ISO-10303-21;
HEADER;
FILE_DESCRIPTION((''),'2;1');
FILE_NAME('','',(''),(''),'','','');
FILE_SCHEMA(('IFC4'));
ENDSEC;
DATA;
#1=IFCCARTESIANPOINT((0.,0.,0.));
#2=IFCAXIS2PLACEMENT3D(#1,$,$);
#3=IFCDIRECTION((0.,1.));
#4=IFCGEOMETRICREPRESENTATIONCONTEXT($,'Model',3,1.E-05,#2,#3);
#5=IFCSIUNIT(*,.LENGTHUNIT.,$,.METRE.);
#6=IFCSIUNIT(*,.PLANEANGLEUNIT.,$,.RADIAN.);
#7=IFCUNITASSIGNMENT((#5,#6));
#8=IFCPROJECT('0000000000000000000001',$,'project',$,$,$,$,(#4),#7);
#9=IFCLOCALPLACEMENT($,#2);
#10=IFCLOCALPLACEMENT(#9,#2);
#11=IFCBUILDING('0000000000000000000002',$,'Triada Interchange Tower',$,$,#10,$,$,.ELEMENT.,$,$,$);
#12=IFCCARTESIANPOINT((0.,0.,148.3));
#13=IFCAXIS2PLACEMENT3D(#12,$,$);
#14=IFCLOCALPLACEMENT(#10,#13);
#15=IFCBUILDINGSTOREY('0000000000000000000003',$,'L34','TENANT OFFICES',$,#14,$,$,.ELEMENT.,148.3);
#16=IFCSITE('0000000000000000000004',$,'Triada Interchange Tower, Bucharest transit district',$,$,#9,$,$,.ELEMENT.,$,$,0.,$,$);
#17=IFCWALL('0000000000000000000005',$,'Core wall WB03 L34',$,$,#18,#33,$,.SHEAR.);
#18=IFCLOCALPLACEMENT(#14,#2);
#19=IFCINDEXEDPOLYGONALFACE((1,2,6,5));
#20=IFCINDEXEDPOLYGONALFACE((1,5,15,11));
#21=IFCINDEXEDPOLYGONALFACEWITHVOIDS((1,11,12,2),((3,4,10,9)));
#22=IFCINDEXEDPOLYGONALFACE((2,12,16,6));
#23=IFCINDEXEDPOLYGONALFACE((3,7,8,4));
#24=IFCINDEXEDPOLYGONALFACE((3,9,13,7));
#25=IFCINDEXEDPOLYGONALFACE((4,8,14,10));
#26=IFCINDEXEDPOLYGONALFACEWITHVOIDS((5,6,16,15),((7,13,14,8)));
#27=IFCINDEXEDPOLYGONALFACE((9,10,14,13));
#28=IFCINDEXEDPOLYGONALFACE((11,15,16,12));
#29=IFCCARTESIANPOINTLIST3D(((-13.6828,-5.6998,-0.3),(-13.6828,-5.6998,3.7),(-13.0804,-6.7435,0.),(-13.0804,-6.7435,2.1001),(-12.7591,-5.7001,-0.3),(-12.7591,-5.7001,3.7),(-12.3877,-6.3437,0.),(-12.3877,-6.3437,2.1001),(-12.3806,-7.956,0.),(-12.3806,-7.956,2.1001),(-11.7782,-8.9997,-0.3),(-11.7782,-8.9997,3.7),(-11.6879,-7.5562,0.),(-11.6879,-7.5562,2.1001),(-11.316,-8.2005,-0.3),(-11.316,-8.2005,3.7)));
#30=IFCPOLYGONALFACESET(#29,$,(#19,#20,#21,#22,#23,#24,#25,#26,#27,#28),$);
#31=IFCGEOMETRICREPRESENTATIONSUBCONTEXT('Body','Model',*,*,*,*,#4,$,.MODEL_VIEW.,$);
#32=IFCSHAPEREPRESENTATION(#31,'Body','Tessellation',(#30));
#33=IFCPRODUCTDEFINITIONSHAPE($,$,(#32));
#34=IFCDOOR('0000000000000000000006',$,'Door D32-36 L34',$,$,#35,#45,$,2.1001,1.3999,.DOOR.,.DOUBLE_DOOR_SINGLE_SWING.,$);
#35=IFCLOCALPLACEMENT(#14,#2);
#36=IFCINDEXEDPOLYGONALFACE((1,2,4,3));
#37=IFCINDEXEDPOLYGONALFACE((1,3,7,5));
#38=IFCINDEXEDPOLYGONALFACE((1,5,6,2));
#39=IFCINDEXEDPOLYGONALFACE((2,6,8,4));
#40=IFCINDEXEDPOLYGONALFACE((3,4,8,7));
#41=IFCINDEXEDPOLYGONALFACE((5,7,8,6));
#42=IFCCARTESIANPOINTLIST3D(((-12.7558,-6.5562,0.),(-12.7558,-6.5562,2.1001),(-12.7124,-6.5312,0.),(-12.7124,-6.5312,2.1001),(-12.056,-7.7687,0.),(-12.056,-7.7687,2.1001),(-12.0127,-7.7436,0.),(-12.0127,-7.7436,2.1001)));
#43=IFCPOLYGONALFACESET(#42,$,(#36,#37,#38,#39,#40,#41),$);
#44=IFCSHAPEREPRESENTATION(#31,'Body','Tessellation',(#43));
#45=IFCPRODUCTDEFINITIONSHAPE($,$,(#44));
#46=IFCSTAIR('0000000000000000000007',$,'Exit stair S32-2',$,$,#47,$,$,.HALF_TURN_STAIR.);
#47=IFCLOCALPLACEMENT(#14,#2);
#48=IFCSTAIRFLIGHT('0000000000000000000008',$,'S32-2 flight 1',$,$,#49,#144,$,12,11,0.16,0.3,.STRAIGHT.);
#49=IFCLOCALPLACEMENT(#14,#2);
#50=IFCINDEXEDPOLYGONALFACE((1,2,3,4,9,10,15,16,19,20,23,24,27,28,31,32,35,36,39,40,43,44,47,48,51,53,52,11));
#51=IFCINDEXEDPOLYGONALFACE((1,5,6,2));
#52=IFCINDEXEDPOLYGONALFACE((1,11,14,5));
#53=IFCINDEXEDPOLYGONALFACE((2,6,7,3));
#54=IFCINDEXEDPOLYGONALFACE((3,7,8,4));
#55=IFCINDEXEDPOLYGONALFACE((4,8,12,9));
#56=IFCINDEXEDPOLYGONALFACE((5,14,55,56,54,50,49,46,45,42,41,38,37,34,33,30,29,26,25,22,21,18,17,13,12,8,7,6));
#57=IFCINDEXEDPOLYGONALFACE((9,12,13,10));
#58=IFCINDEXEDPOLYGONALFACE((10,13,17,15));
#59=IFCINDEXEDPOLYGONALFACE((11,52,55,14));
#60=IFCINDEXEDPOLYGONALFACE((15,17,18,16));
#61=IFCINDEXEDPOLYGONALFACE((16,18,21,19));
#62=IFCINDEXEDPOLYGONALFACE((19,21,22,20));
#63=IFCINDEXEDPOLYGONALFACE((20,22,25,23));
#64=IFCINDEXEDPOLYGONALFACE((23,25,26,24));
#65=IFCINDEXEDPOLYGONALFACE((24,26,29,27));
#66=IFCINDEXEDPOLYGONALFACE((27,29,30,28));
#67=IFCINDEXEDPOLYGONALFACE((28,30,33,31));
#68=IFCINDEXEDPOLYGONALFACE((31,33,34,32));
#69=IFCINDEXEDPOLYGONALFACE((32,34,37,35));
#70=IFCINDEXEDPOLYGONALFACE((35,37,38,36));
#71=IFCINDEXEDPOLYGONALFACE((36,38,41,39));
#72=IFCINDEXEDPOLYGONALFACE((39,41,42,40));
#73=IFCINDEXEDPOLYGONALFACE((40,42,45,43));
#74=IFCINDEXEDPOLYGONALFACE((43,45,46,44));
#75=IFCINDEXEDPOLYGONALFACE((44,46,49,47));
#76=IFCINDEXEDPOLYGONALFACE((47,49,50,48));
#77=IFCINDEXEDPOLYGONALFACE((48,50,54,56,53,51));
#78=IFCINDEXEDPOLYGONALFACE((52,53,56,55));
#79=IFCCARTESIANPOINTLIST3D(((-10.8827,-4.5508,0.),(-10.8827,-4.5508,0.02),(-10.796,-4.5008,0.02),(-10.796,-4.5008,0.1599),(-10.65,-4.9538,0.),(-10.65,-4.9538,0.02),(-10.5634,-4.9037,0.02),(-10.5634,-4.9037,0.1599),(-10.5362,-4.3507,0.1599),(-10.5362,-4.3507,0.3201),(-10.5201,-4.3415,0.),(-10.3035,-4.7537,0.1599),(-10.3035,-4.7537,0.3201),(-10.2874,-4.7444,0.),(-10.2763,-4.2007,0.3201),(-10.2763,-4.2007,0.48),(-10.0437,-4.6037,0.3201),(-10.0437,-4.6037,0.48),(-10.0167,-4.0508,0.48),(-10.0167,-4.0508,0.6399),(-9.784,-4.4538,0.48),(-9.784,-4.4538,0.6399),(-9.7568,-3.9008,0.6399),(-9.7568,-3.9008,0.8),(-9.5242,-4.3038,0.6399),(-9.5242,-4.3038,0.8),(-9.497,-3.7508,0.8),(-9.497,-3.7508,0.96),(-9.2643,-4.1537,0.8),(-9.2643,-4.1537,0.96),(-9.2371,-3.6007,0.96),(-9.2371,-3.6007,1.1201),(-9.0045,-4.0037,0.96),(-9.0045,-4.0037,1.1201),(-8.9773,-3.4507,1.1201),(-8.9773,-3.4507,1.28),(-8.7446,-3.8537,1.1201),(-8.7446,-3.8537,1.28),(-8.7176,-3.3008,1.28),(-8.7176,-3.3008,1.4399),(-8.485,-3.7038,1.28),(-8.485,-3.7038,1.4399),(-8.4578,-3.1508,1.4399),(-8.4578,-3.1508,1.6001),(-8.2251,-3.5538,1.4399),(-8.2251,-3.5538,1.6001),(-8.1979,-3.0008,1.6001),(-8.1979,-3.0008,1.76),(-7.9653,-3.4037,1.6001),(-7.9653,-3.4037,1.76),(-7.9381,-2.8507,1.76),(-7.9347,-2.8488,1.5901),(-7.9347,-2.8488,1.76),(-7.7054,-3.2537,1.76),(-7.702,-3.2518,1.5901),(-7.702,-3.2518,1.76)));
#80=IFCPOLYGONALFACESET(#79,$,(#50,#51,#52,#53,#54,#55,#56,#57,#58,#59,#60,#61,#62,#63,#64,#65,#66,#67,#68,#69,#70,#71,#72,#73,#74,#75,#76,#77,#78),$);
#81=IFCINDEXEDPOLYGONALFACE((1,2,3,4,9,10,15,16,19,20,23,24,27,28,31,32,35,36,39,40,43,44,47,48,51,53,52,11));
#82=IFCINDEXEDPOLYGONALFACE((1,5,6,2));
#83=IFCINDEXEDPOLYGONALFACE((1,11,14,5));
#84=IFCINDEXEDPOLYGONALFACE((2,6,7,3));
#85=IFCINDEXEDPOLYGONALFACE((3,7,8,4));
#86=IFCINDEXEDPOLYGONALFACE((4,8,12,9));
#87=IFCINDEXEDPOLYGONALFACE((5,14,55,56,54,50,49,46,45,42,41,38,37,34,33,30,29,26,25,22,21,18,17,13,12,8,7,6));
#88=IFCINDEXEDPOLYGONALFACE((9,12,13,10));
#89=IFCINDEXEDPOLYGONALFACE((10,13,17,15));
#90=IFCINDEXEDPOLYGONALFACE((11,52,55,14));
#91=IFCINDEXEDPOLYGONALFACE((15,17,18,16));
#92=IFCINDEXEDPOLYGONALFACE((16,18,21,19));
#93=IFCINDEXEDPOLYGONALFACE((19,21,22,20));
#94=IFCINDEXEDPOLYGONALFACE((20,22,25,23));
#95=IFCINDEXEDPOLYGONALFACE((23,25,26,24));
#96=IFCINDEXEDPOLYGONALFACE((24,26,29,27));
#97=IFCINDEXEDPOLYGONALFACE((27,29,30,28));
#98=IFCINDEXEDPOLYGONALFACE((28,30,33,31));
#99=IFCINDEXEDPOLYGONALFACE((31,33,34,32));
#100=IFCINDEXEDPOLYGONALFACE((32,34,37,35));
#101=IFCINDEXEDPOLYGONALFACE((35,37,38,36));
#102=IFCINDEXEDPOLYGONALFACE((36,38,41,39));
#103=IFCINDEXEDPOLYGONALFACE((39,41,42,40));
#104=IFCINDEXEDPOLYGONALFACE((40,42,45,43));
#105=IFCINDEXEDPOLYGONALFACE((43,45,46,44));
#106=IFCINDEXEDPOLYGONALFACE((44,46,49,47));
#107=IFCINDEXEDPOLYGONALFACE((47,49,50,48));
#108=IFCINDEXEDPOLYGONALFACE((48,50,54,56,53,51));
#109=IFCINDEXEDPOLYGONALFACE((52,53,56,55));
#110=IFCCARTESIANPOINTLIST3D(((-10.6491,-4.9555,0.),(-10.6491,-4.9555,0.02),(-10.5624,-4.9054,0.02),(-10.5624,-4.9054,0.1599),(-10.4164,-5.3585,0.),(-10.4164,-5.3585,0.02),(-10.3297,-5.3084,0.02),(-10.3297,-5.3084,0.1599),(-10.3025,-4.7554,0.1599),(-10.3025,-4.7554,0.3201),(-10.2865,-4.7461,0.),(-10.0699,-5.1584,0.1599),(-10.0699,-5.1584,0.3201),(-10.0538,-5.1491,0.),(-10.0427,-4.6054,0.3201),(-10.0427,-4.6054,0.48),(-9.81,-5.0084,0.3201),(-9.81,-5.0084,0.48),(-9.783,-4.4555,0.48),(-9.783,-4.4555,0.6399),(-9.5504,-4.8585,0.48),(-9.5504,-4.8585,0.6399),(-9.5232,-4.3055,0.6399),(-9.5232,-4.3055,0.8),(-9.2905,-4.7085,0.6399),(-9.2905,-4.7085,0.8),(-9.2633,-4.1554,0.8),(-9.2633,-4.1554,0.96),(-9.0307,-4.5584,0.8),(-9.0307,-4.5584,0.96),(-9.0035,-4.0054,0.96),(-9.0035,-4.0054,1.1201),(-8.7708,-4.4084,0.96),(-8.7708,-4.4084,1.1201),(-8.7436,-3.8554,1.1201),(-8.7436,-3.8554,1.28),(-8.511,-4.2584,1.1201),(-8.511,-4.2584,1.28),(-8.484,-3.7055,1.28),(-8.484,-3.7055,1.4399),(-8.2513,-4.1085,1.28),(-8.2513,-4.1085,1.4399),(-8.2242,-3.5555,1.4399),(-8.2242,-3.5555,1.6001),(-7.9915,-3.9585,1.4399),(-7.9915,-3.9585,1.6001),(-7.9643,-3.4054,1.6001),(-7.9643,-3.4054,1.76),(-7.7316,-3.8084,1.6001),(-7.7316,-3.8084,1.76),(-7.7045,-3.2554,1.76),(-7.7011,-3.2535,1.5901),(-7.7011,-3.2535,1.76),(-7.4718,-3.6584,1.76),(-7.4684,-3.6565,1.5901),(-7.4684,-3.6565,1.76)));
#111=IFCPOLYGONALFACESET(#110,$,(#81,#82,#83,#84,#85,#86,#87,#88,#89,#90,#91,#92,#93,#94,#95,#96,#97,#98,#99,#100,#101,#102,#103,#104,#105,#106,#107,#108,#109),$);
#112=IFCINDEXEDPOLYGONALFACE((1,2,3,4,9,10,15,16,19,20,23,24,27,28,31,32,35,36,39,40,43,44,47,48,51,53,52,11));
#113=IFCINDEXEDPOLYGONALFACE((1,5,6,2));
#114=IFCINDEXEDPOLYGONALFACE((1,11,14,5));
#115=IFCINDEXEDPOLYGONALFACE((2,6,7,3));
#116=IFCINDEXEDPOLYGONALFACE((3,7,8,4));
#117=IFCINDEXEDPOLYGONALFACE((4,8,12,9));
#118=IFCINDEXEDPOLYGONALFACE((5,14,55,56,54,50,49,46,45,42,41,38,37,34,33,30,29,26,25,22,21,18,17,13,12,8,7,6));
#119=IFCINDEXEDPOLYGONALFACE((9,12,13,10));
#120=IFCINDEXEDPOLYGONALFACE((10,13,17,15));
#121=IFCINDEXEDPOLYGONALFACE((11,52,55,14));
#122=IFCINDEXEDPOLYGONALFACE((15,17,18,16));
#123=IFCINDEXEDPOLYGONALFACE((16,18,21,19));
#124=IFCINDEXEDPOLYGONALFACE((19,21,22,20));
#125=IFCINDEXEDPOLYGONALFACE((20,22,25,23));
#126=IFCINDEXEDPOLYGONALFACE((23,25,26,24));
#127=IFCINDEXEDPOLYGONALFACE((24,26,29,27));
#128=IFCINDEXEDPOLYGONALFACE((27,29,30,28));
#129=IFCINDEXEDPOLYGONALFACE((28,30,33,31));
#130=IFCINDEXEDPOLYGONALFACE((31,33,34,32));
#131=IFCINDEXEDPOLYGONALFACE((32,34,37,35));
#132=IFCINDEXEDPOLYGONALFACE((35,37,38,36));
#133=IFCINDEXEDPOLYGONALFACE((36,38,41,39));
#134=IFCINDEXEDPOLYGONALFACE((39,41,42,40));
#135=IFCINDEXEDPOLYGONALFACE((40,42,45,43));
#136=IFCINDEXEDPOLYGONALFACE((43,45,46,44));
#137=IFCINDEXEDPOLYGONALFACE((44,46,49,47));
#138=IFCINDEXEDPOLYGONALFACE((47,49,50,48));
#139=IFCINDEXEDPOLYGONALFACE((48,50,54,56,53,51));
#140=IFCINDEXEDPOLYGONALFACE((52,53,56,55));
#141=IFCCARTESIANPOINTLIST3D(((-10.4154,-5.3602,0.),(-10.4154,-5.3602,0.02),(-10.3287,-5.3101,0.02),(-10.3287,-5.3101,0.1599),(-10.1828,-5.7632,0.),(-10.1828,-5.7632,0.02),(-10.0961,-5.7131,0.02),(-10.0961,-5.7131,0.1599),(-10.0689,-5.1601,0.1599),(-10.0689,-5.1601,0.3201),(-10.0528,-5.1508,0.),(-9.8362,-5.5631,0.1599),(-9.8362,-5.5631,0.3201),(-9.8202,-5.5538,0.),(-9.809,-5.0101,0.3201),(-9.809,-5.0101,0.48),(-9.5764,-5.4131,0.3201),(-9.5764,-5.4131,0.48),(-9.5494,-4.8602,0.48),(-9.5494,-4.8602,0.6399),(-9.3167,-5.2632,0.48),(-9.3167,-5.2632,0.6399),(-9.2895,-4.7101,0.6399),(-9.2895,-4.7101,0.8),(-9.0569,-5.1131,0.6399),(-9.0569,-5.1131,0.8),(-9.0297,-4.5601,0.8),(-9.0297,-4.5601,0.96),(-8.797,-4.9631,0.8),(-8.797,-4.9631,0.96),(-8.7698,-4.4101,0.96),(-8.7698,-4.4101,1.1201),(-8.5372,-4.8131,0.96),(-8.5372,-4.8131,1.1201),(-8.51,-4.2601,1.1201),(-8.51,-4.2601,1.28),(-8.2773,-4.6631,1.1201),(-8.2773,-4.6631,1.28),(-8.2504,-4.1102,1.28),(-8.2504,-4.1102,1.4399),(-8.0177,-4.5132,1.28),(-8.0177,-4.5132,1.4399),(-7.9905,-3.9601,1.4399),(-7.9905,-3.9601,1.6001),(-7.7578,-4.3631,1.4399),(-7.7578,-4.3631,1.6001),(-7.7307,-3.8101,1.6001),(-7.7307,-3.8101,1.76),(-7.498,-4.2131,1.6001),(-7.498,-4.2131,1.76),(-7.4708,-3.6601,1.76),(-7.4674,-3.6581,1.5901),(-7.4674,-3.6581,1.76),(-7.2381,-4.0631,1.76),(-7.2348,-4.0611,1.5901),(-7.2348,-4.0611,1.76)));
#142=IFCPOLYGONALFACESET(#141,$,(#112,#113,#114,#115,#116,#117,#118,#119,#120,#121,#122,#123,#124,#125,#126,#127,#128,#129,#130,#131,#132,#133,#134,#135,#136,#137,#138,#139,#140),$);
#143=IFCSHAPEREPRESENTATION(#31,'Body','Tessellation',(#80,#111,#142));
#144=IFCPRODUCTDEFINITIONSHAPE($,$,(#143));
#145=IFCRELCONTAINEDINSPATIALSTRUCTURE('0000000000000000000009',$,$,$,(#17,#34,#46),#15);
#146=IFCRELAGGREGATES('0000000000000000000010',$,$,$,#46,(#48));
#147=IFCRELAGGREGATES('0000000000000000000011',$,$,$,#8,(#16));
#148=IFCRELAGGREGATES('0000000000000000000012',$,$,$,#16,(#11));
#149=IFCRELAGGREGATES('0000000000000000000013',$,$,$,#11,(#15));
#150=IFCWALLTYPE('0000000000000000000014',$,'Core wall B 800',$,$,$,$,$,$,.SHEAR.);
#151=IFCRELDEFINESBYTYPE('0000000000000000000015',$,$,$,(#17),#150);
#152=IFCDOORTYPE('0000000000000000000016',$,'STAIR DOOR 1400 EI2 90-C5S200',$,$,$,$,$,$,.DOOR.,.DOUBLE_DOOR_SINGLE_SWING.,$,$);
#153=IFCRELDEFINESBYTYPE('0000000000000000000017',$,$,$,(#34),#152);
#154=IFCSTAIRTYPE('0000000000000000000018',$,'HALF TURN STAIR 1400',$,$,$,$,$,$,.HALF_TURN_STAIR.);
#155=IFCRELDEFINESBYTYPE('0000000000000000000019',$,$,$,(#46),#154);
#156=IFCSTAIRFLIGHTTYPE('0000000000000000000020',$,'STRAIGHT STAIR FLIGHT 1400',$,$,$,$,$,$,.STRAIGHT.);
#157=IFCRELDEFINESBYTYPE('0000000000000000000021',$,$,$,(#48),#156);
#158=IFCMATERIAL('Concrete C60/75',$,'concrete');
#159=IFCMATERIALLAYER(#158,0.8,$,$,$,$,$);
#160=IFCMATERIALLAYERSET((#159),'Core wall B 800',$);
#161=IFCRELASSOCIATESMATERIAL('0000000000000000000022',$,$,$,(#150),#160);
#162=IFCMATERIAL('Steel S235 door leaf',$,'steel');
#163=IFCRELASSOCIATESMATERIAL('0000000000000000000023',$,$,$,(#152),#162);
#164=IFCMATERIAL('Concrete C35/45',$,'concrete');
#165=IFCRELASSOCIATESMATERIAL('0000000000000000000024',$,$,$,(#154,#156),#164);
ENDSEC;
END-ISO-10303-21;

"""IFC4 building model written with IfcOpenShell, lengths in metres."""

from ifc_helpers import new_model, si_unit, direction, frame, frame_2d, origin, place, context, subcontext, project, spatial, polyline, rectangle, outline, extrude, material, layer, layer_set, type_object, element, fill, aggregate, save


model = new_model("IFC4")

# Units and contexts
model_context = context("Model", 3, precision=1e-05, world=origin(), true_north=direction((0.0, 1.0)))
body_context = subcontext(model_context, "Body", "Model", "MODEL_VIEW")
ifc_project = project(units=[si_unit("LENGTHUNIT", "METRE"), si_unit("PLANEANGLEUNIT", "RADIAN")], contexts=[model_context])

# Site, building, storey
site_placement = place(None, origin())
site = spatial("IfcSite", under=ifc_project, at=site_placement, Name="Triada Interchange Tower, Bucharest transit district", CompositionType="ELEMENT", RefElevation=0.0)
building_placement = place(site_placement, origin())
building = spatial("IfcBuilding", under=site, at=building_placement, Name="Triada Interchange Tower", CompositionType="ELEMENT")
storey_placement = place(building_placement, frame((0.0, 0.0, 148.3)))
storey = spatial("IfcBuildingStorey", under=building, at=storey_placement, Name="L34", Description="TENANT OFFICES", CompositionType="ELEMENT", Elevation=148.3)

# Shared definitions
ifc_material_1 = material(Name="Steel S235 door leaf", Category="steel")

# Wall, opening, door
ifc_material_2 = material(Name="Concrete C60/75", Category="concrete")
ifc_layer_1 = layer(ifc_material_2, 0.8)
ifc_layer_set_1 = layer_set([ifc_layer_1], Name="Core wall B 800")
wall_type_1 = type_object("IfcWallType", Name="Core wall B 800", PredefinedType="SHEAR", material=ifc_layer_set_1)
wall_1_placement = place(storey_placement, frame((-13.2209, -5.7, -0.3), z_axis=(0.0, 0.0, 1.0), x_axis=(0.499872, -0.866099, 0.0)))
wall_1 = element("IfcWall", 1, at=wall_1_placement, inside=storey, type_object=wall_type_1, Name="Core wall WB03 L34", PredefinedType="SHEAR", context=body_context, shape_type="SweptSolid", body=[
    extrude(outline(polyline([(-0.231, -0.3999), (1.6741, -0.3999), (3.5791, -0.3999), (3.1179, 0.3999), (1.6743, 0.3999), (0.231, 0.3999), (-0.231, -0.3999)])), origin(), (0.0, 0.0, 1.0), 4.0),
])
opening_1_placement = place(wall_1_placement, frame((0.9741, 0.0, 0.3)))
opening_1 = element("IfcOpeningElement", 2, at=opening_1_placement, cuts=wall_1, PredefinedType="OPENING", context=body_context, shape_type="SweptSolid", body=[
    extrude(rectangle(XDim=1.3999, YDim=2.1001, at=frame_2d((0.7, 1.05))), frame((0.0, 0.4099, 0.0), z_axis=(0.0, -1.0, 0.0), x_axis=(1.0, 0.0, 0.0)), (0.0, 0.0, 1.0), 0.8201),
])
door_type_1 = type_object("IfcDoorType", Name="STAIR DOOR 1400 EI2 90-C5S200", OperationType="DOUBLE_DOOR_SINGLE_SWING", PredefinedType="DOOR", material=ifc_material_1)
door_1_placement = place(opening_1_placement, origin())
door_1 = element("IfcDoor", 3, at=door_1_placement, inside=storey, type_object=door_type_1, Name="Door D32-36 L34", OperationType="DOUBLE_DOOR_SINGLE_SWING", OverallHeight=2.1001, OverallWidth=1.3999, PredefinedType="DOOR", context=body_context, shape_type="SweptSolid", body=[
    extrude(rectangle(XDim=1.3999, YDim=2.1001, at=frame_2d((0.7, 1.05))), frame((0.0, 0.0249, 0.0), z_axis=(0.0, -1.0, 0.0), x_axis=(1.0, 0.0, 0.0)), (0.0, 0.0, 1.0), 0.05),
])
fill(opening_1, door_1)

# Stair, stair flight
ifc_material_3 = material(Name="Concrete C35/45", Category="concrete")
stair_type = type_object("IfcStairType", Name="HALF TURN STAIR 1400", PredefinedType="HALF_TURN_STAIR", material=ifc_material_3)
stair_placement = place(storey_placement, origin())
stair = element("IfcStair", 4, at=stair_placement, inside=storey, type_object=stair_type, Name="Exit stair S32-2", PredefinedType="HALF_TURN_STAIR")
stair_flight_type = type_object("IfcStairFlightType", Name="STRAIGHT STAIR FLIGHT 1400", PredefinedType="STRAIGHT", material=ifc_material_3)
stair_flight_1_placement = place(storey_placement, frame((-10.446, -5.1069, 0.0), z_axis=(0.0, 0.0, 1.0), x_axis=(0.866025, 0.5, 0.0)))
stair_flight_1 = element("IfcStairFlight", 5, at=stair_flight_1_placement, type_object=stair_flight_type, Name="S32-2 flight 1", NumberOfRisers=12, NumberOfTreads=11, PredefinedType="STRAIGHT", RiserHeight=0.16, TreadLength=0.3, context=body_context, shape_type="SweptSolid", body=[
    extrude(outline(polyline([(-0.1001, 0.0), (-0.1001, 0.02), (0.0, 0.02), (0.0, 0.1599), (0.3, 0.1599), (0.3, 0.3201), (0.6001, 0.3201), (0.6001, 0.48), (0.8999, 0.48), (0.8999, 0.6399), (1.2, 0.6399), (1.2, 0.8), (1.5, 0.8), (1.5, 0.96), (1.8, 0.96), (1.8, 1.1201), (2.1001, 1.1201), (2.1001, 1.28), (2.3999, 1.28), (2.3999, 1.4399), (2.7, 1.4399), (2.7, 1.6001), (3.0, 1.6001), (3.0, 1.76), (3.3, 1.76), (3.304, 1.76), (3.304, 1.9199), (3.304, 1.5901), (0.3186, 0.0), (-0.1001, 0.0)])), frame((0.0, 0.7, 0.0), z_axis=(0.0, -1.0, 0.0), x_axis=(1.0, 0.0, 0.0)), (0.0, 0.0, 1.0), 0.4653),
    extrude(outline(polyline([(-0.1001, 0.0), (-0.1001, 0.02), (0.0, 0.02), (0.0, 0.1599), (0.3, 0.1599), (0.3, 0.3201), (0.6001, 0.3201), (0.6001, 0.48), (0.8999, 0.48), (0.8999, 0.6399), (1.2, 0.6399), (1.2, 0.8), (1.5, 0.8), (1.5, 0.96), (1.8, 0.96), (1.8, 1.1201), (2.1001, 1.1201), (2.1001, 1.28), (2.3999, 1.28), (2.3999, 1.4399), (2.7, 1.4399), (2.7, 1.6001), (3.0, 1.6001), (3.0, 1.76), (3.3, 1.76), (3.304, 1.76), (3.304, 1.9199), (3.304, 1.5901), (0.3186, 0.0), (-0.1001, 0.0)])), frame((0.0, 0.2327, 0.0), z_axis=(0.0, -1.0, 0.0), x_axis=(1.0, 0.0, 0.0)), (0.0, 0.0, 1.0), 0.4653),
    extrude(outline(polyline([(-0.1001, 0.0), (-0.1001, 0.02), (0.0, 0.02), (0.0, 0.1599), (0.3, 0.1599), (0.3, 0.3201), (0.6001, 0.3201), (0.6001, 0.48), (0.8999, 0.48), (0.8999, 0.6399), (1.2, 0.6399), (1.2, 0.8), (1.5, 0.8), (1.5, 0.96), (1.8, 0.96), (1.8, 1.1201), (2.1001, 1.1201), (2.1001, 1.28), (2.3999, 1.28), (2.3999, 1.4399), (2.7, 1.4399), (2.7, 1.6001), (3.0, 1.6001), (3.0, 1.76), (3.3, 1.76), (3.304, 1.76), (3.304, 1.9199), (3.304, 1.5901), (0.3186, 0.0), (-0.1001, 0.0)])), frame((0.0, -0.2346, 0.0), z_axis=(0.0, -1.0, 0.0), x_axis=(1.0, 0.0, 0.0)), (0.0, 0.0, 1.0), 0.4653),
])
aggregate(stair, [stair_flight_1])

save(model, "model.ifc")
